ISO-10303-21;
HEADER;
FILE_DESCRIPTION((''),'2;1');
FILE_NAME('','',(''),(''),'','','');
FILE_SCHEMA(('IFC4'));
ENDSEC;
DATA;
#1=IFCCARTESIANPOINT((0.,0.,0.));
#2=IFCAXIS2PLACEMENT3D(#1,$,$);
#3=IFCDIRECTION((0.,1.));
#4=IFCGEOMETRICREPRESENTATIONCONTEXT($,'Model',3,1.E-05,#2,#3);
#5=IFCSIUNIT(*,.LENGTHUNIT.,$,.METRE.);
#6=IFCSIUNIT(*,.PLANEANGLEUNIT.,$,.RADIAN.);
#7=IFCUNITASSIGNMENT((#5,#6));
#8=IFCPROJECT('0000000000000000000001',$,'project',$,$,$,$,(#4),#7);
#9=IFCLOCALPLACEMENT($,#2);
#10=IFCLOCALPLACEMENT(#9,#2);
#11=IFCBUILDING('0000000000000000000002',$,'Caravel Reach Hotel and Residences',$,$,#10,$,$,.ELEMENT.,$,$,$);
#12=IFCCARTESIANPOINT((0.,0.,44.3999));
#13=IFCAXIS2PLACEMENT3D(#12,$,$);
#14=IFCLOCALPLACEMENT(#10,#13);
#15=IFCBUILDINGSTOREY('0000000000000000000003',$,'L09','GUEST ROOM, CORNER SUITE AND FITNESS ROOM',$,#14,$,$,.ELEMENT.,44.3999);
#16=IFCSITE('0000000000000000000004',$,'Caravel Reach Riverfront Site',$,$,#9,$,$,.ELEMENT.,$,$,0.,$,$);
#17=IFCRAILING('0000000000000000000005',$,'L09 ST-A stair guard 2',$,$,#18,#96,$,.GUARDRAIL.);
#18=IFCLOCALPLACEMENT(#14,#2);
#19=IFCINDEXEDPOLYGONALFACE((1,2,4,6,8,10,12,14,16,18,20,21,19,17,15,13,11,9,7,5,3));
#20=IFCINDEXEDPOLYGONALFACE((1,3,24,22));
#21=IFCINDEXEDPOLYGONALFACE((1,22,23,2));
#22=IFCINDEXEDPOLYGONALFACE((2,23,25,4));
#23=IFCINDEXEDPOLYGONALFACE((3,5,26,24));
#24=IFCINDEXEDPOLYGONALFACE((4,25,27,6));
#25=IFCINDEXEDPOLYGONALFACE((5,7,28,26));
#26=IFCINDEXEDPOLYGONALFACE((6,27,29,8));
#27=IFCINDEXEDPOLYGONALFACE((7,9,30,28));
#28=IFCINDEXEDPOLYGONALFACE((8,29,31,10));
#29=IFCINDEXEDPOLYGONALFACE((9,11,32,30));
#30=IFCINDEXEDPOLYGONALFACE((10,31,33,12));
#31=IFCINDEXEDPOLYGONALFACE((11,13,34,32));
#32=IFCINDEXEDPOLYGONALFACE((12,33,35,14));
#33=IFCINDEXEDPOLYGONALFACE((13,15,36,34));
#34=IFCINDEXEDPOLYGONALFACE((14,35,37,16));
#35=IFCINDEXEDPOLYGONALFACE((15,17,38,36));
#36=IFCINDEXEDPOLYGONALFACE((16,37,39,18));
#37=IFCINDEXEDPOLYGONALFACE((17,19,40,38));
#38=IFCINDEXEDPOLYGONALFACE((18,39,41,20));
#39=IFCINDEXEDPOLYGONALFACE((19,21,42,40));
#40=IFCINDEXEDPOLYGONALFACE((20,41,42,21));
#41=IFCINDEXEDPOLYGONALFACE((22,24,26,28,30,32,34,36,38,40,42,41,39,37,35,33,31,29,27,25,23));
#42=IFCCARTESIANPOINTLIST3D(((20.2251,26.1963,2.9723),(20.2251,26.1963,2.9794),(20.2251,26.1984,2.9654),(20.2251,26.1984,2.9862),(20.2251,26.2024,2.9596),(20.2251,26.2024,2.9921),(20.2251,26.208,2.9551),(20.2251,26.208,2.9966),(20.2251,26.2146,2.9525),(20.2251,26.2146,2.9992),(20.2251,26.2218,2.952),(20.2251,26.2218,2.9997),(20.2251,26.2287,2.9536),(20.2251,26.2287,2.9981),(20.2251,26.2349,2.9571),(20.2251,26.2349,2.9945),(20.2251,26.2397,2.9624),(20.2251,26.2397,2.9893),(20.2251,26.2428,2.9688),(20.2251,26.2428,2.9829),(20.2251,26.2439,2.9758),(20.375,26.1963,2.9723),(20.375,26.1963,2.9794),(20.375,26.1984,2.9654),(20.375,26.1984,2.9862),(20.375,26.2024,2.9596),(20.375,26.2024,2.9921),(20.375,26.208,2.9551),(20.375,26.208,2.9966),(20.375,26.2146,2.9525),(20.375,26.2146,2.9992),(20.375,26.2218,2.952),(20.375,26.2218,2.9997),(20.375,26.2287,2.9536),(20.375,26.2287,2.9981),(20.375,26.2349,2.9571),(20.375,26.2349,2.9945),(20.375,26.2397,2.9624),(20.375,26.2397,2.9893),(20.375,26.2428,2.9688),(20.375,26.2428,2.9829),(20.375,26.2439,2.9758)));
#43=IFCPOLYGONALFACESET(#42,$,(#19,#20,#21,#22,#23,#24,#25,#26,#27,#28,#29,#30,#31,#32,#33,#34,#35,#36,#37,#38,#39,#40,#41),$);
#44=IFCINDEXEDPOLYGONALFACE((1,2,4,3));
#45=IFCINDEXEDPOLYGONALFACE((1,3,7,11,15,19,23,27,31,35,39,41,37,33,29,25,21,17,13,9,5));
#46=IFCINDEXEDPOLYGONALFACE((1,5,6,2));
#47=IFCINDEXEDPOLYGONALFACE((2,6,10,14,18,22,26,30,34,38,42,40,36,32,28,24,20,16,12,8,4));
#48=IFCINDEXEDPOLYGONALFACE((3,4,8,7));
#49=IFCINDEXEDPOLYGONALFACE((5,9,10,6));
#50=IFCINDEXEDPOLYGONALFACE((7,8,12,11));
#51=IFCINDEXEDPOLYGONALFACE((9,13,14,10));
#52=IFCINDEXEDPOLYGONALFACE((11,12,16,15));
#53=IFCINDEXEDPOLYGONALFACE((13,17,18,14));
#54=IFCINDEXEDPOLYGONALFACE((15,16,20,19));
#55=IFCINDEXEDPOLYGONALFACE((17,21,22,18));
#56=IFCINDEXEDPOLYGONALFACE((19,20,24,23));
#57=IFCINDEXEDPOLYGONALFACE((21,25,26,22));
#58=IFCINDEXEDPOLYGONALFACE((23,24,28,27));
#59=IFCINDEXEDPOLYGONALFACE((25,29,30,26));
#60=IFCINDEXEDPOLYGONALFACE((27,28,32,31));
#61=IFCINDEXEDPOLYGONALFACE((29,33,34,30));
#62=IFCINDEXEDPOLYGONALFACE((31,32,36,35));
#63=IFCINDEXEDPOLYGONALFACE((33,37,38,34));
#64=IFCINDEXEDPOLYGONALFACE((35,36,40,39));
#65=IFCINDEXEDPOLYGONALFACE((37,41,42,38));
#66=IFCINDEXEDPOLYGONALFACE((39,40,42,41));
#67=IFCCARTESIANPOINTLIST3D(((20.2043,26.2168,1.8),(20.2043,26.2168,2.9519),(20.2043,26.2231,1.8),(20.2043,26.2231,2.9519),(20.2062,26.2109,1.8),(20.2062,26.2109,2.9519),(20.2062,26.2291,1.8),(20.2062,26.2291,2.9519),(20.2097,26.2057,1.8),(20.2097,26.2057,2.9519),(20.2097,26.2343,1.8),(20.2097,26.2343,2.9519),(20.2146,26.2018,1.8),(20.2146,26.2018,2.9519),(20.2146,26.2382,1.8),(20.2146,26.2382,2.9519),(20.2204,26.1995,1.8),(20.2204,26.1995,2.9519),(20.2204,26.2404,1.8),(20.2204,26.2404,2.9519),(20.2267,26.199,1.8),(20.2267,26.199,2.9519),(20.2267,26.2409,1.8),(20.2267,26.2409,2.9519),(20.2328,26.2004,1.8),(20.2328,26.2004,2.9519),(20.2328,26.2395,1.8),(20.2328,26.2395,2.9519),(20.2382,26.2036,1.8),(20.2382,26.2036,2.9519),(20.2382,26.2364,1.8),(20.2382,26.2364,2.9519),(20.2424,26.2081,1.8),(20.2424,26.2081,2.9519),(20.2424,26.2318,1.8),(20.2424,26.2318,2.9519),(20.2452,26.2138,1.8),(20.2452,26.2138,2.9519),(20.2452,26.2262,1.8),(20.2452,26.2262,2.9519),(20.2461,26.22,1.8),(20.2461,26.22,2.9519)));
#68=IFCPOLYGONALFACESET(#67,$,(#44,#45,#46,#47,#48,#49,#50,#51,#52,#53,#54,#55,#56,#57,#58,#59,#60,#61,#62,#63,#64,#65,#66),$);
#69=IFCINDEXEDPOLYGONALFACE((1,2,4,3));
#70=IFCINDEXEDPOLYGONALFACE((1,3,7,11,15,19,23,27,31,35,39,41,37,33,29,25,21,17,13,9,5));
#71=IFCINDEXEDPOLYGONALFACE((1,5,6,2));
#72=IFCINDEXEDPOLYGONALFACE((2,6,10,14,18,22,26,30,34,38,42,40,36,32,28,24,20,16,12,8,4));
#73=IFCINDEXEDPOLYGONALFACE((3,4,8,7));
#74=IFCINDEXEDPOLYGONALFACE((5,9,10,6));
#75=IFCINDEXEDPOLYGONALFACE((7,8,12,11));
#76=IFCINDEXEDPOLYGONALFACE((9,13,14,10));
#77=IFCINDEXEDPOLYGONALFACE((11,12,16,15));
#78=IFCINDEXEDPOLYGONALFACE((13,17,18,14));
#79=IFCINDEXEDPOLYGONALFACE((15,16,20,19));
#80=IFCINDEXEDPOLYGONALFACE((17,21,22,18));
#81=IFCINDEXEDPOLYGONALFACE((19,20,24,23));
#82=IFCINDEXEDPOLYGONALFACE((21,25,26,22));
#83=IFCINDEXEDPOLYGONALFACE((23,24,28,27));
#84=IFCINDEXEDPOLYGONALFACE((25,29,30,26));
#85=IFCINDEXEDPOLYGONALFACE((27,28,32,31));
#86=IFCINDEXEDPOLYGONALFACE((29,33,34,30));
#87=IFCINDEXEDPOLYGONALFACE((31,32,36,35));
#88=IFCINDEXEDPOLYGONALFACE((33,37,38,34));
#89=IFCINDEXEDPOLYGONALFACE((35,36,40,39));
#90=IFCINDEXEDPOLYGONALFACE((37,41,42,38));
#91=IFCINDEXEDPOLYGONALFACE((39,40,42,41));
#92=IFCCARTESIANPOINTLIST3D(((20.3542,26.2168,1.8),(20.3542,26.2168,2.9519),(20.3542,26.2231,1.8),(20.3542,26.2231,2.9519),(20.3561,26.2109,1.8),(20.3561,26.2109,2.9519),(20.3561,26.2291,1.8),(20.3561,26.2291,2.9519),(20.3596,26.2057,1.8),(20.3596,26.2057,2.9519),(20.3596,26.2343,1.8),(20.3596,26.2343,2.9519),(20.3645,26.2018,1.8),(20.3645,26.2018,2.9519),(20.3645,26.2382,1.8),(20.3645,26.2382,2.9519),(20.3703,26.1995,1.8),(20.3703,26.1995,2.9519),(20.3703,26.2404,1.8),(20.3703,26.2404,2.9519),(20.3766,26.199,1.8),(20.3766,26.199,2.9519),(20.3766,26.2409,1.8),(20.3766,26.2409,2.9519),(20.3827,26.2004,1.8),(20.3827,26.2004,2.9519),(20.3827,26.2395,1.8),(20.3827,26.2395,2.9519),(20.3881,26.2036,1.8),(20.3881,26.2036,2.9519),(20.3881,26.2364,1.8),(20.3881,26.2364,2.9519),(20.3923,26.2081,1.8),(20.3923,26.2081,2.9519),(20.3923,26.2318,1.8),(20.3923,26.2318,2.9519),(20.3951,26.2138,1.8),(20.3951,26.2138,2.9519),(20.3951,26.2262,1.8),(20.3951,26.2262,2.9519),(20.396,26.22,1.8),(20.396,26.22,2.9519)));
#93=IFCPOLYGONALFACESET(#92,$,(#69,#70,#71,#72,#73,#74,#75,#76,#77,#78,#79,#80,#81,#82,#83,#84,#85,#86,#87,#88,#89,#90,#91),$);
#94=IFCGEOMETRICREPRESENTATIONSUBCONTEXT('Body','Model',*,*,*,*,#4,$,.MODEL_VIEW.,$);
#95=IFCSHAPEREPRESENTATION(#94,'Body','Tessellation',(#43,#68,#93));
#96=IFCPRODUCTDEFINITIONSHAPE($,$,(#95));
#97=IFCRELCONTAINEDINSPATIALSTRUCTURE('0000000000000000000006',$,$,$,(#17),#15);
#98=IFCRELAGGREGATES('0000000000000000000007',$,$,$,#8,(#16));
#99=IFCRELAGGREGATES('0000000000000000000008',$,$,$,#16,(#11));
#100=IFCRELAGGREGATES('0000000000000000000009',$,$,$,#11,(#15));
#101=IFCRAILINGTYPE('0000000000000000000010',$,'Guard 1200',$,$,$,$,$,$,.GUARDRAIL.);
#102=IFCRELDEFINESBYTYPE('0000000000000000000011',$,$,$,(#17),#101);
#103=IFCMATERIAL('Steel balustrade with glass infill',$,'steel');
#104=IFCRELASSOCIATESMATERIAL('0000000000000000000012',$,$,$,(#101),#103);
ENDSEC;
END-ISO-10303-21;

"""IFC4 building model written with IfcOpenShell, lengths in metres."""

from ifc_helpers import new_model, si_unit, direction, frame, origin, origin_2d, place, context, subcontext, project, spatial, circle, extrude, material, type_object, element, save


model = new_model("IFC4")

# Units and contexts
model_context = context("Model", 3, precision=1e-05, world=origin(), true_north=direction((0.0, 1.0)))
body_context = subcontext(model_context, "Body", "Model", "MODEL_VIEW")
ifc_project = project(units=[si_unit("LENGTHUNIT", "METRE"), si_unit("PLANEANGLEUNIT", "RADIAN")], contexts=[model_context])

# Site, building, storey
site_placement = place(None, origin())
site = spatial("IfcSite", under=ifc_project, at=site_placement, Name="Caravel Reach Riverfront Site", CompositionType="ELEMENT", RefElevation=0.0)
building_placement = place(site_placement, origin())
building = spatial("IfcBuilding", under=site, at=building_placement, Name="Caravel Reach Hotel and Residences", CompositionType="ELEMENT")
storey_placement = place(building_placement, frame((0.0, 0.0, 44.3999)))
storey = spatial("IfcBuildingStorey", under=building, at=storey_placement, Name="L09", Description="GUEST ROOM, CORNER SUITE AND FITNESS ROOM", CompositionType="ELEMENT", Elevation=44.3999)

# Railing
ifc_material_1 = material(Name="Steel balustrade with glass infill", Category="steel")
railing_type_1 = type_object("IfcRailingType", Name="Guard 1200", PredefinedType="GUARDRAIL", material=ifc_material_1)
railing_1_placement = place(storey_placement, frame((20.2251, 26.22, 1.8)))
element("IfcRailing", 1, at=railing_1_placement, inside=storey, type_object=railing_type_1, Name="L09 ST-A stair guard 2", PredefinedType="GUARDRAIL", context=body_context, shape_type="SweptSolid", body=[
    extrude(circle(Radius=0.0239, at=origin_2d()), frame((0.0, 0.0, 1.1758), z_axis=(1.0, 0.0, 0.0), x_axis=(0.0, 1.0, 0.0)), (0.0, 0.0, 1.0), 0.1499),
    extrude(circle(Radius=0.021, at=origin_2d()), origin(), (0.0, 0.0, 1.0), 1.1519),
    extrude(circle(Radius=0.021, at=origin_2d()), frame((0.1499, 0.0, 0.0)), (0.0, 0.0, 1.0), 1.1519),
])

save(model, "model.ifc")
